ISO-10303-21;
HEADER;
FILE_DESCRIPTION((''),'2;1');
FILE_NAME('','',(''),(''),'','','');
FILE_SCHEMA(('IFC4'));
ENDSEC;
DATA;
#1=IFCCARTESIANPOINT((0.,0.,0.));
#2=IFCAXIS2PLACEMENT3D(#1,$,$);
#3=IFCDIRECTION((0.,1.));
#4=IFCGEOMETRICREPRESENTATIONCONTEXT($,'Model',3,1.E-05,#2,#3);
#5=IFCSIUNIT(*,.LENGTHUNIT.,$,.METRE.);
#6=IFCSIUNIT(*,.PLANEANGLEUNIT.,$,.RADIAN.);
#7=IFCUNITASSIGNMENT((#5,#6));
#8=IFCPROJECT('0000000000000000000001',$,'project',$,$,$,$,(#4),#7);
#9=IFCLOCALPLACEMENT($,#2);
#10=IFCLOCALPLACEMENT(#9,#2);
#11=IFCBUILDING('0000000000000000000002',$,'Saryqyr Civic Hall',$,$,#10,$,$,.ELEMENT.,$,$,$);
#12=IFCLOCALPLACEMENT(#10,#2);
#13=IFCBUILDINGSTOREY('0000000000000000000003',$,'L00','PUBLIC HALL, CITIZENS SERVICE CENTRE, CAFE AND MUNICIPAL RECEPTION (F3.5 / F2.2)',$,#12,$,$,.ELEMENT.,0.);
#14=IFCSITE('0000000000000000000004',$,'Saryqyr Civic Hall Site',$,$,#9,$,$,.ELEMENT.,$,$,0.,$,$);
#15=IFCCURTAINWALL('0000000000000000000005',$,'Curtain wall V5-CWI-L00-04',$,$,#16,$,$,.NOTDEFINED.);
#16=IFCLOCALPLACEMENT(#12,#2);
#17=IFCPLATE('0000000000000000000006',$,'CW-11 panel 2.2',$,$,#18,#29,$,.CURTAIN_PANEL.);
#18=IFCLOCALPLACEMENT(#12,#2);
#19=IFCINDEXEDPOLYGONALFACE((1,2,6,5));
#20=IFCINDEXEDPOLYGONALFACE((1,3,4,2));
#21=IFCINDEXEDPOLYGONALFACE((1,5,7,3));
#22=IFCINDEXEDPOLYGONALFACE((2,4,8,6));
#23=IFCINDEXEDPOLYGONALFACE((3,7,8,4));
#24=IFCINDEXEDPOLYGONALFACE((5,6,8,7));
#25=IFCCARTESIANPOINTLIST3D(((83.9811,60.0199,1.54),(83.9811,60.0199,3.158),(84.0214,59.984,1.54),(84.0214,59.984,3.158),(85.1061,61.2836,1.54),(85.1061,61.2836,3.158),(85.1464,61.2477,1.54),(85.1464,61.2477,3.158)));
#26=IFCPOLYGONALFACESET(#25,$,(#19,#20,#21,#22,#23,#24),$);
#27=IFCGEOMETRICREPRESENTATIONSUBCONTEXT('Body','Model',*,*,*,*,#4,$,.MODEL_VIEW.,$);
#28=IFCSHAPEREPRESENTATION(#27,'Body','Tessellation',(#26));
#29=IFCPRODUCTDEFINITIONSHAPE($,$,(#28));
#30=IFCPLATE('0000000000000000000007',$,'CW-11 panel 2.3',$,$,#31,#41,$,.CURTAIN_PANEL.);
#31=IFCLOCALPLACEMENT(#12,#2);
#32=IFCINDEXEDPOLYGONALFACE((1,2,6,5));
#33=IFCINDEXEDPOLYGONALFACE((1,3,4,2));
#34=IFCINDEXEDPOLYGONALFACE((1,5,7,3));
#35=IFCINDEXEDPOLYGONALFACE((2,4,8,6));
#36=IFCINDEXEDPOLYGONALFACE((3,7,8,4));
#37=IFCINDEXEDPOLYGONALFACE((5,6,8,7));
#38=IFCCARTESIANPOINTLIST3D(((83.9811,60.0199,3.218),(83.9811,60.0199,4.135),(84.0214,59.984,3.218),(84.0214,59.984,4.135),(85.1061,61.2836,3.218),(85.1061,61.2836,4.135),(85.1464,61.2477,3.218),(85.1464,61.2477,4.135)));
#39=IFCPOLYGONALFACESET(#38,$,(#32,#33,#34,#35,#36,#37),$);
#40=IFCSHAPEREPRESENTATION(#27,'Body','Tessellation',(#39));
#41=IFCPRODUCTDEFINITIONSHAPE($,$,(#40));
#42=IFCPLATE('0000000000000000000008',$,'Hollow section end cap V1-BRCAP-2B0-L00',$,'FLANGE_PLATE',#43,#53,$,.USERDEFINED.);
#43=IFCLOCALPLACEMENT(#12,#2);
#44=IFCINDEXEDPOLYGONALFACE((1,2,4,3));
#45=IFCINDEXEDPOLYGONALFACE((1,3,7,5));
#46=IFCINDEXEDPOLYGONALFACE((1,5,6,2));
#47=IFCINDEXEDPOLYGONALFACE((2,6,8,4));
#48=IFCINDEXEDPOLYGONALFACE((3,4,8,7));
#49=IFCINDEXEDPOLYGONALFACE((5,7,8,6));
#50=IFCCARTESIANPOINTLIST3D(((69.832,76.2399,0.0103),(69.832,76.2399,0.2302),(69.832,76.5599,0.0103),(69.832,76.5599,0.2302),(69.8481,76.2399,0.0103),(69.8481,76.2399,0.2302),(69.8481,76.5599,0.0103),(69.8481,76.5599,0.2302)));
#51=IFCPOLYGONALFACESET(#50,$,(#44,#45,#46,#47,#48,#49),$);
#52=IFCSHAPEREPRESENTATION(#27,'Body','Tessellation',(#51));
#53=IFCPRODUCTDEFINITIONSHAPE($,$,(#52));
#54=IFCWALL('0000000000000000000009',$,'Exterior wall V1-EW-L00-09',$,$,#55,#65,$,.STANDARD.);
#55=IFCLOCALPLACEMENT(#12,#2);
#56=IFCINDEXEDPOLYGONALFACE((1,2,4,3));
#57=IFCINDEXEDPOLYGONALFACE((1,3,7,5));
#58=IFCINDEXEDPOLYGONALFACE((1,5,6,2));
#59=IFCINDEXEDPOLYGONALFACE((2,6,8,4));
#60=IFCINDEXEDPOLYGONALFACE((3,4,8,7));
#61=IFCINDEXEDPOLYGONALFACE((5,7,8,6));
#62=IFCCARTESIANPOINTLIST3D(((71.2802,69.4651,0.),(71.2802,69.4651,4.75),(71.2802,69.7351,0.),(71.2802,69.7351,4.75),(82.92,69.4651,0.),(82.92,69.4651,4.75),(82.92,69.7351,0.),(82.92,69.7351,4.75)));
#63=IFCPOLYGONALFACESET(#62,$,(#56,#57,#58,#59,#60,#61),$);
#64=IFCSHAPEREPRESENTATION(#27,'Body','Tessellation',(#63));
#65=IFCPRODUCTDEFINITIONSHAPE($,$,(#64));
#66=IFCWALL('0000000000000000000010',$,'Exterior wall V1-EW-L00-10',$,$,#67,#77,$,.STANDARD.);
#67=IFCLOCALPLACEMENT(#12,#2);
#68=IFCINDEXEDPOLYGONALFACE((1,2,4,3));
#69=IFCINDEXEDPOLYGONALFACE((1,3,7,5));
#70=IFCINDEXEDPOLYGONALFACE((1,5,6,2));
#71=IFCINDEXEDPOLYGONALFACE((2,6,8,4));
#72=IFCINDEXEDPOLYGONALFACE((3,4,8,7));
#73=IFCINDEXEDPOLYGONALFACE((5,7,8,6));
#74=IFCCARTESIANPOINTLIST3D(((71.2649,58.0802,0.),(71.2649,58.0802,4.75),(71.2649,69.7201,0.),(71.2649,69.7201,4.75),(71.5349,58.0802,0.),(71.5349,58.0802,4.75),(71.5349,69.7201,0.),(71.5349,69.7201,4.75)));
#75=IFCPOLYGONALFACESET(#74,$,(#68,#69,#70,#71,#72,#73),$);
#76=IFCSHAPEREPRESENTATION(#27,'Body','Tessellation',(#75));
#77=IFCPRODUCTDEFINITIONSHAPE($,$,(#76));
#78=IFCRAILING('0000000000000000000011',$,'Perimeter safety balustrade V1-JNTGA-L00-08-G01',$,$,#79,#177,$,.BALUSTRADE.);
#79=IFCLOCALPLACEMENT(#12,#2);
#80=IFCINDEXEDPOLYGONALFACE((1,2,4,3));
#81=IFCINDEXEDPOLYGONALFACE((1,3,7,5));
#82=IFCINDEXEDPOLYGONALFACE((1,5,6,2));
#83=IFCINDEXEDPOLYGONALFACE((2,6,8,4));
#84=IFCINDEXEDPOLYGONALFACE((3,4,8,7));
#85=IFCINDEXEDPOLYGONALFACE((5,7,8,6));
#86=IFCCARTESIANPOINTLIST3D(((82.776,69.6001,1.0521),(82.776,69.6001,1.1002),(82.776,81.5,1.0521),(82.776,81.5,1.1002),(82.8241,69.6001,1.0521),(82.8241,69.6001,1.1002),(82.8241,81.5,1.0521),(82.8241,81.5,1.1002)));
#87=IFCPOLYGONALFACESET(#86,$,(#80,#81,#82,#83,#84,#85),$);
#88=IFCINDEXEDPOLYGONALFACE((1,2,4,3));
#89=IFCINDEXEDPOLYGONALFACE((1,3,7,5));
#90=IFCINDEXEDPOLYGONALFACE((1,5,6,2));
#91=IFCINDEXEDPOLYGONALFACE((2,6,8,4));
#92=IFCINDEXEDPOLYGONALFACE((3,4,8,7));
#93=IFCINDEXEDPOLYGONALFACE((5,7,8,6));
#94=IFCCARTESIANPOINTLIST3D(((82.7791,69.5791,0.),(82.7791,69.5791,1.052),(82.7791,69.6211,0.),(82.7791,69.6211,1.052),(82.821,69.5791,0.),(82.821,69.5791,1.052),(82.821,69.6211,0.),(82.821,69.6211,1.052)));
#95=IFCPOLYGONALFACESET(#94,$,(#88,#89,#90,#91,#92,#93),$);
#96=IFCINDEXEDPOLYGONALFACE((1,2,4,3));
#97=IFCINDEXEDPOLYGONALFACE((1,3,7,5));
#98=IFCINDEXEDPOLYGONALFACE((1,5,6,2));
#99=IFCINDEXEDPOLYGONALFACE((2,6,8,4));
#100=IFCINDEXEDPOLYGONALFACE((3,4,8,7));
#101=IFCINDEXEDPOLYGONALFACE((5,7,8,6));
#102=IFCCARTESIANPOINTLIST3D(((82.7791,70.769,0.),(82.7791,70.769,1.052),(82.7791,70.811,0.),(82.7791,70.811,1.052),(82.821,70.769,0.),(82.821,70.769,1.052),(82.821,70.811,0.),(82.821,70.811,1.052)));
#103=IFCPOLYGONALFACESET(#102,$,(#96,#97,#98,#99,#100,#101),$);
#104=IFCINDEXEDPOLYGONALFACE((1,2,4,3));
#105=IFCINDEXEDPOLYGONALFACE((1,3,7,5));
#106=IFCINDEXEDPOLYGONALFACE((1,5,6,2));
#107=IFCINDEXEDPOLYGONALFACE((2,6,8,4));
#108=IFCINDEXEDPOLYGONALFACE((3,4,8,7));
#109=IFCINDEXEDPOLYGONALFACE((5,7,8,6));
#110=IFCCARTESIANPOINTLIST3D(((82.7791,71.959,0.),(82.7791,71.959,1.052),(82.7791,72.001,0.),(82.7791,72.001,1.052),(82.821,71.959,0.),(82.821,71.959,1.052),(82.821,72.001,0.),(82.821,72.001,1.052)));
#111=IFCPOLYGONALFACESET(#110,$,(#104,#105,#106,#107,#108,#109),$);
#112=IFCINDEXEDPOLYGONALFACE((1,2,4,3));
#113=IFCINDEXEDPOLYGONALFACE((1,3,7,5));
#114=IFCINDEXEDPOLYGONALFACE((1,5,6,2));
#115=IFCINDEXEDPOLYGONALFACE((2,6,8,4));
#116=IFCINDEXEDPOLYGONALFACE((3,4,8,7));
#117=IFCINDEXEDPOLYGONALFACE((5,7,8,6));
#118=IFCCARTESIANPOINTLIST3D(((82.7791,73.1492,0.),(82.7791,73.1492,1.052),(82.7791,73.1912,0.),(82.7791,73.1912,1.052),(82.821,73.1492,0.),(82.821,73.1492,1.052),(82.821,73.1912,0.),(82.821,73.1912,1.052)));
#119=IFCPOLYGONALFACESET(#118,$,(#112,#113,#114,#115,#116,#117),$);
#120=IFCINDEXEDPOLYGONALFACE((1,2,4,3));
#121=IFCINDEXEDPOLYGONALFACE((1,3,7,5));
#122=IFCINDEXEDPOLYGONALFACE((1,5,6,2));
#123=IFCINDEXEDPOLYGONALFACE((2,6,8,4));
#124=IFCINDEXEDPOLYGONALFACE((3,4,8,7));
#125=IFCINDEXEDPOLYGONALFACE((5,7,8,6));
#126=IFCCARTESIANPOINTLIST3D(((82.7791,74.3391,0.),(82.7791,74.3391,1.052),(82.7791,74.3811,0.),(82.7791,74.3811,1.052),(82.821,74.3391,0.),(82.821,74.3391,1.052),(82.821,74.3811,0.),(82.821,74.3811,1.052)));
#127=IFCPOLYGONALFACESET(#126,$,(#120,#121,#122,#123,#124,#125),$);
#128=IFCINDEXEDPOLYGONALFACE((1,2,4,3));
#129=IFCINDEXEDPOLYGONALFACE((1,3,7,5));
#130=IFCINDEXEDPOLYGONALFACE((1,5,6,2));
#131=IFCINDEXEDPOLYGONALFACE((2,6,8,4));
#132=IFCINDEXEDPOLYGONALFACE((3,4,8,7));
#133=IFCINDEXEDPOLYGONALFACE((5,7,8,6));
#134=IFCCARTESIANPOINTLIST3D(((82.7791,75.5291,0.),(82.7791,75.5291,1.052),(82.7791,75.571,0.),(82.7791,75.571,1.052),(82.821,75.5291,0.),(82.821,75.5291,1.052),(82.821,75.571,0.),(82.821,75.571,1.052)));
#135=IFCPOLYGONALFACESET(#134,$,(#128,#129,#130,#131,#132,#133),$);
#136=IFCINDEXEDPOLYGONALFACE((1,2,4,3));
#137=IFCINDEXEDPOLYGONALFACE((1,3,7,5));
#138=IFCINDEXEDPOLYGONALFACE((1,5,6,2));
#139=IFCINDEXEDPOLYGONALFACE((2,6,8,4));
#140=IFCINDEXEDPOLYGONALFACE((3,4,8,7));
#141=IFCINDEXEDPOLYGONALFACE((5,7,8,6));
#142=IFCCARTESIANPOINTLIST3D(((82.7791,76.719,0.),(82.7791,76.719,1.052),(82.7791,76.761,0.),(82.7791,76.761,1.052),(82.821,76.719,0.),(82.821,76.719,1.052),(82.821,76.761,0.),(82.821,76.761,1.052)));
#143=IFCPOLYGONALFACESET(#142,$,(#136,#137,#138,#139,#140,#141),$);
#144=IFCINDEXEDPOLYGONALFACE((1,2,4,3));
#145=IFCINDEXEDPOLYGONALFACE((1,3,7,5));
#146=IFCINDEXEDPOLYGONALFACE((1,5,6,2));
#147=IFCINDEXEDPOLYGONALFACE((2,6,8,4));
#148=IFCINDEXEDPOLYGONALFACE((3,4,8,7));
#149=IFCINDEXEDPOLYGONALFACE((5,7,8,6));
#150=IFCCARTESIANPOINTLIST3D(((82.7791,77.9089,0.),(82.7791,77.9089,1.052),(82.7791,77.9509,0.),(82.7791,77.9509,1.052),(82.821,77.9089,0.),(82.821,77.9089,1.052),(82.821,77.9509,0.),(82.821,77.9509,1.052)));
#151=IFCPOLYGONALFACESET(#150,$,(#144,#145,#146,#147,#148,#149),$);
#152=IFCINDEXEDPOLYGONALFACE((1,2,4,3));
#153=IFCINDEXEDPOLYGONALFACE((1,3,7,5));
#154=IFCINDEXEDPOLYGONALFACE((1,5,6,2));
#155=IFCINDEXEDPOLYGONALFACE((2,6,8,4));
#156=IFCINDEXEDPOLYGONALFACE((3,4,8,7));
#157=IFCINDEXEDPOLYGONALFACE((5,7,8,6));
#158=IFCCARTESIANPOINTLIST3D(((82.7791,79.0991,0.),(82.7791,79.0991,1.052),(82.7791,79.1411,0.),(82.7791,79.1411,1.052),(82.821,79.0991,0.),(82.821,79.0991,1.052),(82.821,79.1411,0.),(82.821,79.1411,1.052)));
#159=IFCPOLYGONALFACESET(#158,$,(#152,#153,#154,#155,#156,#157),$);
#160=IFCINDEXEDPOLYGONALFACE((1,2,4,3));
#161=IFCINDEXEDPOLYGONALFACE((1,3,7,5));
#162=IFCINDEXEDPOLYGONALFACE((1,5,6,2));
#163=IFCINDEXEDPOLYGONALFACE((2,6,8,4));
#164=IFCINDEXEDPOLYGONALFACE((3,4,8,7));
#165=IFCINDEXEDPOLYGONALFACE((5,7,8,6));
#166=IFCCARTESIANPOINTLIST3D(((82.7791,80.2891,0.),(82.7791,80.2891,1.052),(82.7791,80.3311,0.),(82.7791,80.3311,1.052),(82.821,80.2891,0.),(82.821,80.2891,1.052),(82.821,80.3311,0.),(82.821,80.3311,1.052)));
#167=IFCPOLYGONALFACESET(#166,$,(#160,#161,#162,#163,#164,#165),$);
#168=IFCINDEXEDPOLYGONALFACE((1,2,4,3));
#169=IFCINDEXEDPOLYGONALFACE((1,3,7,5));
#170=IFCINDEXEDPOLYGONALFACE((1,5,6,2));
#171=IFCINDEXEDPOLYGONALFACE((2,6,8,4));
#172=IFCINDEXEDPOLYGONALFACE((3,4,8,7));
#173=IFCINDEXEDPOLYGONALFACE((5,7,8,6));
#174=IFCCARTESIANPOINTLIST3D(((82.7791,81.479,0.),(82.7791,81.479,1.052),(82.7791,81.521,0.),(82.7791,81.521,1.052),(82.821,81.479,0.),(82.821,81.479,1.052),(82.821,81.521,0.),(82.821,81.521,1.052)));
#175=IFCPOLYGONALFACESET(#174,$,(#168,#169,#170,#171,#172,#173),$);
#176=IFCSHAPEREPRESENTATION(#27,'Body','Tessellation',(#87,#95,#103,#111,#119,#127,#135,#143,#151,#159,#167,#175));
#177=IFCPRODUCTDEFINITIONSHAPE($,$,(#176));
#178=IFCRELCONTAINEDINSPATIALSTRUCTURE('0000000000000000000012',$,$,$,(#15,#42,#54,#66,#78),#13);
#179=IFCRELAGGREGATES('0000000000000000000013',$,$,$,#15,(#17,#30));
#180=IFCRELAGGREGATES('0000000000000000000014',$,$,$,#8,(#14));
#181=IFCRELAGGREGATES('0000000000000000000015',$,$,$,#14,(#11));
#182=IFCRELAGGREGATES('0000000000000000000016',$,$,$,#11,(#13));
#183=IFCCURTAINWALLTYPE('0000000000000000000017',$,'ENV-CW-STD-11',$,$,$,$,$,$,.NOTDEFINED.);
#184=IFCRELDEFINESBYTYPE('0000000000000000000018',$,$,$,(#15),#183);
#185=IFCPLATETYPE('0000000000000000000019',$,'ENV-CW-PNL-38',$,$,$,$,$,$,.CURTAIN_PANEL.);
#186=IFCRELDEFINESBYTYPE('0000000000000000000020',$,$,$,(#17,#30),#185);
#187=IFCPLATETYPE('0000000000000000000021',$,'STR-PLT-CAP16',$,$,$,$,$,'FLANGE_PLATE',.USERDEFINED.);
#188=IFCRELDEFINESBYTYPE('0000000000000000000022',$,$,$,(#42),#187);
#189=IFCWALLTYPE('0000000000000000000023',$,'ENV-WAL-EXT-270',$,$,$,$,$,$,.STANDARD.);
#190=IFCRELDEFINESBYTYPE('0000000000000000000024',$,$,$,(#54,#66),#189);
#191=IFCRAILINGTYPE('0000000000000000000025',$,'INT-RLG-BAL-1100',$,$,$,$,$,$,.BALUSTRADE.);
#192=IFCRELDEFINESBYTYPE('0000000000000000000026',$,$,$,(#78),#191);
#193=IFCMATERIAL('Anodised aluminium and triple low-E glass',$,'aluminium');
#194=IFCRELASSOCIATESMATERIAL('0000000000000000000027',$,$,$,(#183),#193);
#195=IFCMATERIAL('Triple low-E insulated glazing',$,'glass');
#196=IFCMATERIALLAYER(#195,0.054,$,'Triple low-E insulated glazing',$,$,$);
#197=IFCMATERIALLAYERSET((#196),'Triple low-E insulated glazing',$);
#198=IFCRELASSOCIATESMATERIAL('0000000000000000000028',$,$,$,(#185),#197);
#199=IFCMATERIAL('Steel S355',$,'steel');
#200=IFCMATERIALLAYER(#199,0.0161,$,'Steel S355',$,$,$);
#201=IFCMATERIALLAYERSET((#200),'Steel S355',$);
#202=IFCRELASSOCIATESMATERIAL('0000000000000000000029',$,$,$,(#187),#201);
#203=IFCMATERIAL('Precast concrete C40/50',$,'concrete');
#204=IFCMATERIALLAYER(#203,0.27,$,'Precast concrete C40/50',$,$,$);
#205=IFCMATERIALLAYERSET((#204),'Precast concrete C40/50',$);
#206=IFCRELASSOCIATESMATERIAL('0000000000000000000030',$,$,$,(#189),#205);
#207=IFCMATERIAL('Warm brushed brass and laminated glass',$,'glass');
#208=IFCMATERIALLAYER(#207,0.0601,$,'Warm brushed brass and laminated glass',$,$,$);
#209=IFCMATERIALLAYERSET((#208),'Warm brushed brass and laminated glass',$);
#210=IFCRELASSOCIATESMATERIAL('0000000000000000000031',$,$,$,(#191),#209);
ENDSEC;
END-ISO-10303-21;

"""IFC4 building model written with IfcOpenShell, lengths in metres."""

from ifc_helpers import new_model, si_unit, direction, frame, frame_2d, origin, origin_2d, place, context, subcontext, project, spatial, rectangle, extrude, material, layer, layer_set, type_object, element, aggregate, save


model = new_model("IFC4")

# Units and contexts
model_context = context("Model", 3, precision=1e-05, world=origin(), true_north=direction((0.0, 1.0)))
body_context = subcontext(model_context, "Body", "Model", "MODEL_VIEW")
ifc_project = project(units=[si_unit("LENGTHUNIT", "METRE"), si_unit("PLANEANGLEUNIT", "RADIAN")], contexts=[model_context])

# Site, building, storey
site_placement = place(None, origin())
site = spatial("IfcSite", under=ifc_project, at=site_placement, Name="Saryqyr Civic Hall Site", CompositionType="ELEMENT", RefElevation=0.0)
building_placement = place(site_placement, origin())
building = spatial("IfcBuilding", under=site, at=building_placement, Name="Saryqyr Civic Hall", CompositionType="ELEMENT")
storey_placement = place(building_placement, origin())
storey = spatial("IfcBuildingStorey", under=building, at=storey_placement, Name="L00", Description="PUBLIC HALL, CITIZENS SERVICE CENTRE, CAFE AND MUNICIPAL RECEPTION (F3.5 / F2.2)", CompositionType="ELEMENT", Elevation=0.0)

# Curtain wall
ifc_material_1 = material(Name="Anodised aluminium and triple low-E glass", Category="aluminium")
curtain_wall_type = type_object("IfcCurtainWallType", Name="ENV-CW-STD-11", PredefinedType="NOTDEFINED", material=ifc_material_1)
curtain_wall_placement = place(storey_placement, origin())
curtain_wall = element("IfcCurtainWall", 1, at=curtain_wall_placement, inside=storey, type_object=curtain_wall_type, Name="Curtain wall V5-CWI-L00-04", PredefinedType="NOTDEFINED")

# Shared definitions
ifc_material_2 = material(Name="Steel S355", Category="steel")

# Plates
ifc_material_3 = material(Name="Triple low-E insulated glazing", Category="glass")
ifc_layer_1 = layer(ifc_material_3, 0.054, Name="Triple low-E insulated glazing")
ifc_layer_set_1 = layer_set([ifc_layer_1], Name="Triple low-E insulated glazing")
plate_type_1 = type_object("IfcPlateType", Name="ENV-CW-PNL-38", PredefinedType="CURTAIN_PANEL", material=ifc_layer_set_1)
plate_1_placement = place(storey_placement, frame((84.5637, 60.6338, 1.54), z_axis=(0.0, 0.0, 1.0), x_axis=(0.664924, 0.746911, 0.0)))
plate_1 = element("IfcPlate", 2, at=plate_1_placement, type_object=plate_type_1, Name="CW-11 panel 2.2", PredefinedType="CURTAIN_PANEL", context=body_context, shape_type="SweptSolid", body=[
    extrude(rectangle(XDim=1.6919, YDim=0.054, at=origin_2d()), origin(), (0.0, 0.0, 1.0), 1.6179),
])
plate_2_placement = place(storey_placement, frame((84.5637, 60.6338, 3.218), z_axis=(0.0, 0.0, 1.0), x_axis=(0.664924, 0.746911, 0.0)))
plate_2 = element("IfcPlate", 3, at=plate_2_placement, type_object=plate_type_1, Name="CW-11 panel 2.3", PredefinedType="CURTAIN_PANEL", context=body_context, shape_type="SweptSolid", body=[
    extrude(rectangle(XDim=1.6919, YDim=0.054, at=origin_2d()), origin(), (0.0, 0.0, 1.0), 0.917),
])
aggregate(curtain_wall, [plate_1, plate_2])
ifc_layer_2 = layer(ifc_material_2, 0.0161, Name="Steel S355")
ifc_layer_set_2 = layer_set([ifc_layer_2], Name="Steel S355")
plate_type_2 = type_object("IfcPlateType", Name="STR-PLT-CAP16", ElementType="FLANGE_PLATE", PredefinedType="USERDEFINED", material=ifc_layer_set_2)
plate_3_placement = place(storey_placement, frame((69.8401, 76.3999, 0.0103), z_axis=(0.0, 0.0, 1.0), x_axis=(1.0, 0.0, 0.0)))
element("IfcPlate", 4, at=plate_3_placement, inside=storey, type_object=plate_type_2, Name="Hollow section end cap V1-BRCAP-2B0-L00", ObjectType="FLANGE_PLATE", PredefinedType="USERDEFINED", context=body_context, shape_type="SweptSolid", body=[
    extrude(rectangle(XDim=0.0161, YDim=0.3201, at=origin_2d()), origin(), (0.0, 0.0, 1.0), 0.22),
])

# Walls
ifc_material_4 = material(Name="Precast concrete C40/50", Category="concrete")
ifc_layer_3 = layer(ifc_material_4, 0.27, Name="Precast concrete C40/50")
ifc_layer_set_3 = layer_set([ifc_layer_3], Name="Precast concrete C40/50")
wall_type = type_object("IfcWallType", Name="ENV-WAL-EXT-270", PredefinedType="STANDARD", material=ifc_layer_set_3)
for number, where, z_axis, x_axis, name in (
    (5, (82.9199, 69.6001, 0.0), (0.0, 0.0, 1.0), (-1.0, 0.0, 0.0), "Exterior wall V1-EW-L00-09"),
    (6, (71.3999, 69.72, 0.0), (0.0, 0.0, 1.0), (0.0, -1.0, 0.0), "Exterior wall V1-EW-L00-10"),
):
    element("IfcWall", number, at=place(storey_placement, frame(where, z_axis=z_axis, x_axis=x_axis)), inside=storey, type_object=wall_type, Name=name, PredefinedType="STANDARD", context=body_context, shape_type="SweptSolid", body=[
        extrude(rectangle(XDim=11.6399, YDim=0.27, at=frame_2d((5.8198, 0.0))), origin(), (0.0, 0.0, 1.0), 4.75),
    ])

# Railing
ifc_material_5 = material(Name="Warm brushed brass and laminated glass", Category="glass")
ifc_layer_4 = layer(ifc_material_5, 0.0601, Name="Warm brushed brass and laminated glass")
ifc_layer_set_4 = layer_set([ifc_layer_4], Name="Warm brushed brass and laminated glass")
railing_type = type_object("IfcRailingType", Name="INT-RLG-BAL-1100", PredefinedType="BALUSTRADE", material=ifc_layer_set_4)
railing_placement = place(storey_placement, frame((82.8, 69.6001, 0.0)))
element("IfcRailing", 7, at=railing_placement, inside=storey, type_object=railing_type, Name="Perimeter safety balustrade V1-JNTGA-L00-08-G01", PredefinedType="BALUSTRADE", context=body_context, shape_type="SweptSolid", body=[
    extrude(rectangle(XDim=0.0481, YDim=0.0481, at=origin_2d()), frame((0.0, 0.0, 1.0762), z_axis=(0.0, 1.0, 0.0), x_axis=(-1.0, 0.0, 0.0)), (0.0, 0.0, 1.0), 11.8999),
    extrude(rectangle(XDim=0.042, YDim=0.042, at=origin_2d()), origin(), (0.0, 0.0, 1.0), 1.052),
    extrude(rectangle(XDim=0.042, YDim=0.042, at=origin_2d()), frame((0.0, 1.1899, 0.0)), (0.0, 0.0, 1.0), 1.052),
    extrude(rectangle(XDim=0.042, YDim=0.042, at=origin_2d()), frame((0.0, 2.3799, 0.0)), (0.0, 0.0, 1.0), 1.052),
    extrude(rectangle(XDim=0.042, YDim=0.042, at=origin_2d()), frame((0.0, 3.5701, 0.0)), (0.0, 0.0, 1.0), 1.052),
    extrude(rectangle(XDim=0.042, YDim=0.042, at=origin_2d()), frame((0.0, 4.76, 0.0)), (0.0, 0.0, 1.0), 1.052),
    extrude(rectangle(XDim=0.042, YDim=0.042, at=origin_2d()), frame((0.0, 5.95, 0.0)), (0.0, 0.0, 1.0), 1.052),
    extrude(rectangle(XDim=0.042, YDim=0.042, at=origin_2d()), frame((0.0, 7.1399, 0.0)), (0.0, 0.0, 1.0), 1.052),
    extrude(rectangle(XDim=0.042, YDim=0.042, at=origin_2d()), frame((0.0, 8.3298, 0.0)), (0.0, 0.0, 1.0), 1.052),
    extrude(rectangle(XDim=0.042, YDim=0.042, at=origin_2d()), frame((0.0, 9.52, 0.0)), (0.0, 0.0, 1.0), 1.052),
    extrude(rectangle(XDim=0.042, YDim=0.042, at=origin_2d()), frame((0.0, 10.71, 0.0)), (0.0, 0.0, 1.0), 1.052),
    extrude(rectangle(XDim=0.042, YDim=0.042, at=origin_2d()), frame((0.0, 11.8999, 0.0)), (0.0, 0.0, 1.0), 1.052),
])

save(model, "model.ifc")
